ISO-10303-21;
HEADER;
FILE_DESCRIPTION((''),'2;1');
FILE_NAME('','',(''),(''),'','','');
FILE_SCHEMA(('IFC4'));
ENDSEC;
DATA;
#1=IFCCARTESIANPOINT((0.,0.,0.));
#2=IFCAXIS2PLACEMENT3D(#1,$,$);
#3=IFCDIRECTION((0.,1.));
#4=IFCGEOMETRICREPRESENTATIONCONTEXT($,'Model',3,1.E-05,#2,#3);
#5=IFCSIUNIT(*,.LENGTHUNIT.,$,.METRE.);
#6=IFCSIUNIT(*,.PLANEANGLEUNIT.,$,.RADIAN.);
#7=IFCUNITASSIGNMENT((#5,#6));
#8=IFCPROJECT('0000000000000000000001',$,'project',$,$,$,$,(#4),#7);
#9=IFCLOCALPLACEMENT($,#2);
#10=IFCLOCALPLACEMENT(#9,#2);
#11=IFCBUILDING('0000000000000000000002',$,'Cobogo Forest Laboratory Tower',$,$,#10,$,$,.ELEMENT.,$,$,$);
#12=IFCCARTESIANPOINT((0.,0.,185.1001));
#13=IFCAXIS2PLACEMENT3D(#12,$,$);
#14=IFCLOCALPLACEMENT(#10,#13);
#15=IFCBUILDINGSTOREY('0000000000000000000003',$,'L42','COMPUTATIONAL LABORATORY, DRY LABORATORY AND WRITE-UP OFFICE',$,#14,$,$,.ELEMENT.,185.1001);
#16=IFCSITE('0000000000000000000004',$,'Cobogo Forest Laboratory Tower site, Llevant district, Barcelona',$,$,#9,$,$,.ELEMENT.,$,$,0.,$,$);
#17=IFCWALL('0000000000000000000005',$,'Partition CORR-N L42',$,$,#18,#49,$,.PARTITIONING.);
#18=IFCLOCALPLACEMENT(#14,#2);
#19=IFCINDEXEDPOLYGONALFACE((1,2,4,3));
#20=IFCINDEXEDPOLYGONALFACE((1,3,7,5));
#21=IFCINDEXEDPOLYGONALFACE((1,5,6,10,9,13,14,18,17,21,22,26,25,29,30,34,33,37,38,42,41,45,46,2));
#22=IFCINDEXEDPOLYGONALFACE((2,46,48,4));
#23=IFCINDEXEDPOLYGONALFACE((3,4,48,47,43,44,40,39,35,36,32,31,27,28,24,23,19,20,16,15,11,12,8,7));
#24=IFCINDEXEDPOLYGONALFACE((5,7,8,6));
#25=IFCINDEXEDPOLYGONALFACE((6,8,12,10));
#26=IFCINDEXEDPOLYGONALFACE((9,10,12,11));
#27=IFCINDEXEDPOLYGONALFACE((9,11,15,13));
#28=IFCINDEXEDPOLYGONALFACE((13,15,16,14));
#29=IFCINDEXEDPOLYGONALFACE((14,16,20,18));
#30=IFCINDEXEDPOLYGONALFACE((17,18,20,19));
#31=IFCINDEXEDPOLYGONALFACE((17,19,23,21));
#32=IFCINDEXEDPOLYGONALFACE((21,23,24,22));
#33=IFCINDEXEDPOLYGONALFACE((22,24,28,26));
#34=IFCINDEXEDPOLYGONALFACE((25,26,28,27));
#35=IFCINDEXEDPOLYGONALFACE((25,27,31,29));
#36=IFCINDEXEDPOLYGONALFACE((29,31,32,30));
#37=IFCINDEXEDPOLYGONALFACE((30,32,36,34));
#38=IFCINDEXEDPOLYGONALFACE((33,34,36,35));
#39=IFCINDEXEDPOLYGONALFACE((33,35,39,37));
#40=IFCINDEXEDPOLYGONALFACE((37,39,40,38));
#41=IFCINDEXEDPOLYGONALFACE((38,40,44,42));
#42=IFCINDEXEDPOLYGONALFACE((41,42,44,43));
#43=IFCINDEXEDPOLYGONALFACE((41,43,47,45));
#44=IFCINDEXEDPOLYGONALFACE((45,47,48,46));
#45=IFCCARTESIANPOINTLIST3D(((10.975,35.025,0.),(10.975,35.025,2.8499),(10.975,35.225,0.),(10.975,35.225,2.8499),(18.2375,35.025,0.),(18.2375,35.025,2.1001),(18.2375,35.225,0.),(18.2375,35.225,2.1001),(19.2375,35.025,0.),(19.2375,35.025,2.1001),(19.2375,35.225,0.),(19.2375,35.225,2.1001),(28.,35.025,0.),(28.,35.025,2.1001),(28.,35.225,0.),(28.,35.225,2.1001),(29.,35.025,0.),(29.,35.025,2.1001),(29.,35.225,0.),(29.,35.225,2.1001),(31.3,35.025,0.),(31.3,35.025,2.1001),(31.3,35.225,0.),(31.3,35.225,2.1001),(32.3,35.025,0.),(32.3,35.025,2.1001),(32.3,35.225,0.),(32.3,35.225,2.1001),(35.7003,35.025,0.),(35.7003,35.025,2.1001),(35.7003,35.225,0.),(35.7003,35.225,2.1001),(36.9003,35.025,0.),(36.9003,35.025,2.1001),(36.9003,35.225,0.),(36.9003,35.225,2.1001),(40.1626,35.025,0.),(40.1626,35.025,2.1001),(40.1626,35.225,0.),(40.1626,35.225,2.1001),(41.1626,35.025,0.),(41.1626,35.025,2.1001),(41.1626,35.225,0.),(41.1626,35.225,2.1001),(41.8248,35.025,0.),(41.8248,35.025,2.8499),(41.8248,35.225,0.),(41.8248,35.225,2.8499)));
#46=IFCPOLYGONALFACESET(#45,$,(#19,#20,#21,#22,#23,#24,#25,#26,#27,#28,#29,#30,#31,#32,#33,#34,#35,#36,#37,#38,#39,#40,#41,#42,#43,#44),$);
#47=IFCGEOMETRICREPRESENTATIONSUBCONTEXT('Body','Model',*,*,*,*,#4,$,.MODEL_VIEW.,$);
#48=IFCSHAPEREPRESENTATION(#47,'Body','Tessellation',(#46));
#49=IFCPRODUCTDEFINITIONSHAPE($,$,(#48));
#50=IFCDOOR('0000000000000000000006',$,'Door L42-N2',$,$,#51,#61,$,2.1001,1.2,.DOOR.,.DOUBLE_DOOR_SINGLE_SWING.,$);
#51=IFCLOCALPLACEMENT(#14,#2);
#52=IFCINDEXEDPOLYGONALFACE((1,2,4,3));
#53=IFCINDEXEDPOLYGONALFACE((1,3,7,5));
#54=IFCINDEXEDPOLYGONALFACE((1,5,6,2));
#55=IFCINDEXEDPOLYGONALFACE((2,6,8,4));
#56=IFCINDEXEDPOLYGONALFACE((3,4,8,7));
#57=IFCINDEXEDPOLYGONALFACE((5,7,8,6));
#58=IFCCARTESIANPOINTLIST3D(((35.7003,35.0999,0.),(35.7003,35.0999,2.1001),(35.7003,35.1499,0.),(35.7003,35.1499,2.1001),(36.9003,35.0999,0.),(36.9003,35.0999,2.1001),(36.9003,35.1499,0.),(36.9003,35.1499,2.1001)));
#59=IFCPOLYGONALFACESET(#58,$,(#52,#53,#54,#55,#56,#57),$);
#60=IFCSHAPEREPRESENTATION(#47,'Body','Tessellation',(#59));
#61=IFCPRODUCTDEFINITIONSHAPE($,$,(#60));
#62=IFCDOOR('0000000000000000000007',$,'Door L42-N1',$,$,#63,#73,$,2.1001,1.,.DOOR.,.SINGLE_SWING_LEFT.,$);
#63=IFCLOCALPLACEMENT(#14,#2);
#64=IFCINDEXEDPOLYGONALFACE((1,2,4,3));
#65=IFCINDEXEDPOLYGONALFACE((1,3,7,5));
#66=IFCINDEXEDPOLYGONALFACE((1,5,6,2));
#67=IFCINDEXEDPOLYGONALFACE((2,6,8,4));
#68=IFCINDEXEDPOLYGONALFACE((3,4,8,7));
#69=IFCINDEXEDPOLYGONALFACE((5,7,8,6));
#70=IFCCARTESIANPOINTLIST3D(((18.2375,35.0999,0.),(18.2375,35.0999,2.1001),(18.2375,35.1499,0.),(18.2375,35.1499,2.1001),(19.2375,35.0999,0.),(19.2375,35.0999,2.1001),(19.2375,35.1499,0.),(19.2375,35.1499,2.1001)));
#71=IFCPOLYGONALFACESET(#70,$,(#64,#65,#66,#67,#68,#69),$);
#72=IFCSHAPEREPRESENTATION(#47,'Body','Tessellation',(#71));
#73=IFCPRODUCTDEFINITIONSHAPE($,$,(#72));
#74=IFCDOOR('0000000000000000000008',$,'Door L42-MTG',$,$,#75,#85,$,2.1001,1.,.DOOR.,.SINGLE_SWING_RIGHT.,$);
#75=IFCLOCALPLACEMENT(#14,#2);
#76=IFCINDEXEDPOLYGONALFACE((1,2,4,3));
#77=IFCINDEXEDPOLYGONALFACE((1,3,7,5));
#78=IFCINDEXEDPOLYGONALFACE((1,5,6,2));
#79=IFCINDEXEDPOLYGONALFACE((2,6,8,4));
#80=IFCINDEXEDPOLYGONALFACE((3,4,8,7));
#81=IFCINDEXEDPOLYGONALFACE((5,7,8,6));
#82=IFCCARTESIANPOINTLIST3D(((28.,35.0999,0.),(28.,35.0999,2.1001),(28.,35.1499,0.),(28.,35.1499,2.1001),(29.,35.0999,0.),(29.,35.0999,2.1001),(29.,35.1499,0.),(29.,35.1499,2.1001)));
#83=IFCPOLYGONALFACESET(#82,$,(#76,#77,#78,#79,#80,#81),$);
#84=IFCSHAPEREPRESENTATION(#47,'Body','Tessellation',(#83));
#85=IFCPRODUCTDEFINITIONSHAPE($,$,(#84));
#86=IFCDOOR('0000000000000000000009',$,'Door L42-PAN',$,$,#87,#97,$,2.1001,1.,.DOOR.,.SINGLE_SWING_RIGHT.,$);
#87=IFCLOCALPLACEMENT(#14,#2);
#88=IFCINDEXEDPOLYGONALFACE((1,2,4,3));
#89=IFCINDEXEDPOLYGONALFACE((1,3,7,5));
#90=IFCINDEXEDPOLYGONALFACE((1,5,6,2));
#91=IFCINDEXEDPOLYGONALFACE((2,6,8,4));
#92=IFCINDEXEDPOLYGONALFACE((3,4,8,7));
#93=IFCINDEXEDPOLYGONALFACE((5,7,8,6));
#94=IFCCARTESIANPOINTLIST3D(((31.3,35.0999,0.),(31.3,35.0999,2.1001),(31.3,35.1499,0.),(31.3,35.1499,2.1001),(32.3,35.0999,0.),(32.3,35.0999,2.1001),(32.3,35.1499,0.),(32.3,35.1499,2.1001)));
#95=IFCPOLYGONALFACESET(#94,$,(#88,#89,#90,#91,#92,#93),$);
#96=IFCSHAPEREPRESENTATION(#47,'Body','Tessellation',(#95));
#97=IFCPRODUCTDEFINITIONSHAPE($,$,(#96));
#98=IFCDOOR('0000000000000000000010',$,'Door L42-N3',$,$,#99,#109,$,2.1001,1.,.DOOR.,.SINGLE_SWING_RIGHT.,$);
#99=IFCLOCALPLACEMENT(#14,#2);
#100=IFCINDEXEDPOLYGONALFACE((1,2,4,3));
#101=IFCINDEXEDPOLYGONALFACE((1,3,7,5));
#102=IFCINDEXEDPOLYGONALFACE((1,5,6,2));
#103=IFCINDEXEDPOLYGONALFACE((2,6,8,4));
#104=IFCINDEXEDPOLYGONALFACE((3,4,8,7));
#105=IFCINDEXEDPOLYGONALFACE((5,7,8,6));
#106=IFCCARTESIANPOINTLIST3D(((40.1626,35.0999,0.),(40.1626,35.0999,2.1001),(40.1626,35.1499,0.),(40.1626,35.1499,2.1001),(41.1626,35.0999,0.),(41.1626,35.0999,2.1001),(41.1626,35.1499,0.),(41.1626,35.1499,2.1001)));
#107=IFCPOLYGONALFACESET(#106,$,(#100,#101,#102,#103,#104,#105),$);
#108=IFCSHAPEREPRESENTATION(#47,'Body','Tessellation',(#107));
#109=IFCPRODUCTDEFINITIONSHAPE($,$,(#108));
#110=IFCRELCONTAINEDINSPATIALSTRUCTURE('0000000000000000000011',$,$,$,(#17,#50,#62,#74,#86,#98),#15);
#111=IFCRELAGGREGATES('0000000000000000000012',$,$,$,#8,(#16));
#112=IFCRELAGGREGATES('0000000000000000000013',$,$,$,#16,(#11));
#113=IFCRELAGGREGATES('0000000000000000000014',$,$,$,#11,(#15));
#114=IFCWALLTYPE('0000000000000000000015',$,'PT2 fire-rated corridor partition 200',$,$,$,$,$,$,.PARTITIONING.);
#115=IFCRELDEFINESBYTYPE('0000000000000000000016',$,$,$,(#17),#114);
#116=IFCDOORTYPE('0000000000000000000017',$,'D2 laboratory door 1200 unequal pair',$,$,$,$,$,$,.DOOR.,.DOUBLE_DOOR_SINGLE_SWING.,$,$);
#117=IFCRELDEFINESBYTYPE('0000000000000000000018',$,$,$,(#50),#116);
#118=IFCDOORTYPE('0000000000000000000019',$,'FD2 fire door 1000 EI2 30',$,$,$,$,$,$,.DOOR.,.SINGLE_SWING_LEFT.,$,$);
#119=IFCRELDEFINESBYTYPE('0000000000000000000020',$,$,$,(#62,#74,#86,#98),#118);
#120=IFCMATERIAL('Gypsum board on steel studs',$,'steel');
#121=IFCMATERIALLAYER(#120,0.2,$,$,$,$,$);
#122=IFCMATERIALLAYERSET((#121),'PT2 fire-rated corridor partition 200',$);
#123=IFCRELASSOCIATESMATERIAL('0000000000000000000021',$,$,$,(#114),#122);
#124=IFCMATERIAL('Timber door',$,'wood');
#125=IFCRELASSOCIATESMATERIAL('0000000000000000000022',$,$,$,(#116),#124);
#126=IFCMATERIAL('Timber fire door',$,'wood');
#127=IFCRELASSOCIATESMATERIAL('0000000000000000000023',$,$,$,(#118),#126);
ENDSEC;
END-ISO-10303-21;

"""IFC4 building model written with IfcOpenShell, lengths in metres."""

from ifc_helpers import new_model, si_unit, direction, frame, frame_2d, origin, place, context, subcontext, project, spatial, rectangle, extrude, material, layer, layer_set, type_object, element, fill, save


model = new_model("IFC4")

# Units and contexts
model_context = context("Model", 3, precision=1e-05, world=origin(), true_north=direction((0.0, 1.0)))
body_context = subcontext(model_context, "Body", "Model", "MODEL_VIEW")
ifc_project = project(units=[si_unit("LENGTHUNIT", "METRE"), si_unit("PLANEANGLEUNIT", "RADIAN")], contexts=[model_context])

# Site, building, storey
site_placement = place(None, origin())
site = spatial("IfcSite", under=ifc_project, at=site_placement, Name="Cobogo Forest Laboratory Tower site, Llevant district, Barcelona", CompositionType="ELEMENT", RefElevation=0.0)
building_placement = place(site_placement, origin())
building = spatial("IfcBuilding", under=site, at=building_placement, Name="Cobogo Forest Laboratory Tower", CompositionType="ELEMENT")
storey_placement = place(building_placement, frame((0.0, 0.0, 185.1001)))
storey = spatial("IfcBuildingStorey", under=building, at=storey_placement, Name="L42", Description="COMPUTATIONAL LABORATORY, DRY LABORATORY AND WRITE-UP OFFICE", CompositionType="ELEMENT", Elevation=185.1001)

# Shared definitions
ifc_material_1 = material(Name="Gypsum board on steel studs", Category="steel")

# Wall, openings, doors
ifc_layer_1 = layer(ifc_material_1, 0.2)
ifc_layer_set_1 = layer_set([ifc_layer_1], Name="PT2 fire-rated corridor partition 200")
wall_type_1 = type_object("IfcWallType", Name="PT2 fire-rated corridor partition 200", PredefinedType="PARTITIONING", material=ifc_layer_set_1)
wall_1_placement = place(storey_placement, frame((10.9751, 35.125, 0.0), z_axis=(0.0, 0.0, 1.0), x_axis=(1.0, 0.0, 0.0)))
wall_1 = element("IfcWall", 1, at=wall_1_placement, inside=storey, type_object=wall_type_1, Name="Partition CORR-N L42", PredefinedType="PARTITIONING", context=body_context, shape_type="SweptSolid", body=[
    extrude(rectangle(XDim=30.8499, YDim=0.2, at=frame_2d((15.4248, 0.0))), origin(), (0.0, 0.0, 1.0), 2.8499),
])
opening_1_placement = place(wall_1_placement, frame((7.2625, 0.0, 0.0)))
opening_1 = element("IfcOpeningElement", 2, at=opening_1_placement, cuts=wall_1, PredefinedType="OPENING", context=body_context, shape_type="SweptSolid", body=[
    extrude(rectangle(XDim=1.0, YDim=2.1001, at=frame_2d((0.5, 1.05))), frame((0.0, 0.1099, 0.0), z_axis=(0.0, -1.0, 0.0), x_axis=(1.0, 0.0, 0.0)), (0.0, 0.0, 1.0), 0.22),
])
opening_2_placement = place(wall_1_placement, frame((17.0249, 0.0, 0.0)))
opening_2 = element("IfcOpeningElement", 3, at=opening_2_placement, cuts=wall_1, PredefinedType="OPENING", context=body_context, shape_type="SweptSolid", body=[
    extrude(rectangle(XDim=1.0, YDim=2.1001, at=frame_2d((0.5, 1.05))), frame((0.0, 0.1099, 0.0), z_axis=(0.0, -1.0, 0.0), x_axis=(1.0, 0.0, 0.0)), (0.0, 0.0, 1.0), 0.22),
])
opening_3_placement = place(wall_1_placement, frame((20.325, 0.0, 0.0)))
opening_3 = element("IfcOpeningElement", 4, at=opening_3_placement, cuts=wall_1, PredefinedType="OPENING", context=body_context, shape_type="SweptSolid", body=[
    extrude(rectangle(XDim=1.0, YDim=2.1001, at=frame_2d((0.5, 1.05))), frame((0.0, 0.1099, 0.0), z_axis=(0.0, -1.0, 0.0), x_axis=(1.0, 0.0, 0.0)), (0.0, 0.0, 1.0), 0.22),
])
opening_4_placement = place(wall_1_placement, frame((24.7251, 0.0, 0.0)))
opening_4 = element("IfcOpeningElement", 5, at=opening_4_placement, cuts=wall_1, PredefinedType="OPENING", context=body_context, shape_type="SweptSolid", body=[
    extrude(rectangle(XDim=1.2, YDim=2.1001, at=frame_2d((0.6001, 1.05))), frame((0.0, 0.1099, 0.0), z_axis=(0.0, -1.0, 0.0), x_axis=(1.0, 0.0, 0.0)), (0.0, 0.0, 1.0), 0.22),
])
opening_5_placement = place(wall_1_placement, frame((29.1875, 0.0, 0.0)))
opening_5 = element("IfcOpeningElement", 6, at=opening_5_placement, cuts=wall_1, PredefinedType="OPENING", context=body_context, shape_type="SweptSolid", body=[
    extrude(rectangle(XDim=1.0, YDim=2.1001, at=frame_2d((0.5, 1.05))), frame((0.0, 0.1099, 0.0), z_axis=(0.0, -1.0, 0.0), x_axis=(1.0, 0.0, 0.0)), (0.0, 0.0, 1.0), 0.22),
])
ifc_material_2 = material(Name="Timber door", Category="wood")
door_type_1 = type_object("IfcDoorType", Name="D2 laboratory door 1200 unequal pair", OperationType="DOUBLE_DOOR_SINGLE_SWING", PredefinedType="DOOR", material=ifc_material_2)
door_1_placement = place(opening_4_placement, origin())
door_1 = element("IfcDoor", 7, at=door_1_placement, inside=storey, type_object=door_type_1, Name="Door L42-N2", OperationType="DOUBLE_DOOR_SINGLE_SWING", OverallHeight=2.1001, OverallWidth=1.2, PredefinedType="DOOR", context=body_context, shape_type="SweptSolid", body=[
    extrude(rectangle(XDim=1.2, YDim=2.1001, at=frame_2d((0.6001, 1.05))), frame((0.0, 0.0249, 0.0), z_axis=(0.0, -1.0, 0.0), x_axis=(1.0, 0.0, 0.0)), (0.0, 0.0, 1.0), 0.05),
])
fill(opening_4, door_1)
ifc_material_3 = material(Name="Timber fire door", Category="wood")
door_type_2 = type_object("IfcDoorType", Name="FD2 fire door 1000 EI2 30", OperationType="SINGLE_SWING_LEFT", PredefinedType="DOOR", material=ifc_material_3)
door_2_placement = place(opening_1_placement, origin())
door_2 = element("IfcDoor", 8, at=door_2_placement, inside=storey, type_object=door_type_2, Name="Door L42-N1", OperationType="SINGLE_SWING_LEFT", OverallHeight=2.1001, OverallWidth=1.0, PredefinedType="DOOR", context=body_context, shape_type="SweptSolid", body=[
    extrude(rectangle(XDim=1.0, YDim=2.1001, at=frame_2d((0.5, 1.05))), frame((0.0, 0.0249, 0.0), z_axis=(0.0, -1.0, 0.0), x_axis=(1.0, 0.0, 0.0)), (0.0, 0.0, 1.0), 0.05),
])
fill(opening_1, door_2)
door_3_placement = place(opening_2_placement, origin())
door_3 = element("IfcDoor", 9, at=door_3_placement, inside=storey, type_object=door_type_2, Name="Door L42-MTG", OperationType="SINGLE_SWING_RIGHT", OverallHeight=2.1001, OverallWidth=1.0, PredefinedType="DOOR", context=body_context, shape_type="SweptSolid", body=[
    extrude(rectangle(XDim=1.0, YDim=2.1001, at=frame_2d((0.5, 1.05))), frame((0.0, 0.0249, 0.0), z_axis=(0.0, -1.0, 0.0), x_axis=(1.0, 0.0, 0.0)), (0.0, 0.0, 1.0), 0.05),
])
fill(opening_2, door_3)
door_4_placement = place(opening_3_placement, origin())
door_4 = element("IfcDoor", 10, at=door_4_placement, inside=storey, type_object=door_type_2, Name="Door L42-PAN", OperationType="SINGLE_SWING_RIGHT", OverallHeight=2.1001, OverallWidth=1.0, PredefinedType="DOOR", context=body_context, shape_type="SweptSolid", body=[
    extrude(rectangle(XDim=1.0, YDim=2.1001, at=frame_2d((0.5, 1.05))), frame((0.0, 0.0249, 0.0), z_axis=(0.0, -1.0, 0.0), x_axis=(1.0, 0.0, 0.0)), (0.0, 0.0, 1.0), 0.05),
])
fill(opening_3, door_4)
door_5_placement = place(opening_5_placement, origin())
door_5 = element("IfcDoor", 11, at=door_5_placement, inside=storey, type_object=door_type_2, Name="Door L42-N3", OperationType="SINGLE_SWING_RIGHT", OverallHeight=2.1001, OverallWidth=1.0, PredefinedType="DOOR", context=body_context, shape_type="SweptSolid", body=[
    extrude(rectangle(XDim=1.0, YDim=2.1001, at=frame_2d((0.5, 1.05))), frame((0.0, 0.0249, 0.0), z_axis=(0.0, -1.0, 0.0), x_axis=(1.0, 0.0, 0.0)), (0.0, 0.0, 1.0), 0.05),
])
fill(opening_5, door_5)

save(model, "model.ifc")
